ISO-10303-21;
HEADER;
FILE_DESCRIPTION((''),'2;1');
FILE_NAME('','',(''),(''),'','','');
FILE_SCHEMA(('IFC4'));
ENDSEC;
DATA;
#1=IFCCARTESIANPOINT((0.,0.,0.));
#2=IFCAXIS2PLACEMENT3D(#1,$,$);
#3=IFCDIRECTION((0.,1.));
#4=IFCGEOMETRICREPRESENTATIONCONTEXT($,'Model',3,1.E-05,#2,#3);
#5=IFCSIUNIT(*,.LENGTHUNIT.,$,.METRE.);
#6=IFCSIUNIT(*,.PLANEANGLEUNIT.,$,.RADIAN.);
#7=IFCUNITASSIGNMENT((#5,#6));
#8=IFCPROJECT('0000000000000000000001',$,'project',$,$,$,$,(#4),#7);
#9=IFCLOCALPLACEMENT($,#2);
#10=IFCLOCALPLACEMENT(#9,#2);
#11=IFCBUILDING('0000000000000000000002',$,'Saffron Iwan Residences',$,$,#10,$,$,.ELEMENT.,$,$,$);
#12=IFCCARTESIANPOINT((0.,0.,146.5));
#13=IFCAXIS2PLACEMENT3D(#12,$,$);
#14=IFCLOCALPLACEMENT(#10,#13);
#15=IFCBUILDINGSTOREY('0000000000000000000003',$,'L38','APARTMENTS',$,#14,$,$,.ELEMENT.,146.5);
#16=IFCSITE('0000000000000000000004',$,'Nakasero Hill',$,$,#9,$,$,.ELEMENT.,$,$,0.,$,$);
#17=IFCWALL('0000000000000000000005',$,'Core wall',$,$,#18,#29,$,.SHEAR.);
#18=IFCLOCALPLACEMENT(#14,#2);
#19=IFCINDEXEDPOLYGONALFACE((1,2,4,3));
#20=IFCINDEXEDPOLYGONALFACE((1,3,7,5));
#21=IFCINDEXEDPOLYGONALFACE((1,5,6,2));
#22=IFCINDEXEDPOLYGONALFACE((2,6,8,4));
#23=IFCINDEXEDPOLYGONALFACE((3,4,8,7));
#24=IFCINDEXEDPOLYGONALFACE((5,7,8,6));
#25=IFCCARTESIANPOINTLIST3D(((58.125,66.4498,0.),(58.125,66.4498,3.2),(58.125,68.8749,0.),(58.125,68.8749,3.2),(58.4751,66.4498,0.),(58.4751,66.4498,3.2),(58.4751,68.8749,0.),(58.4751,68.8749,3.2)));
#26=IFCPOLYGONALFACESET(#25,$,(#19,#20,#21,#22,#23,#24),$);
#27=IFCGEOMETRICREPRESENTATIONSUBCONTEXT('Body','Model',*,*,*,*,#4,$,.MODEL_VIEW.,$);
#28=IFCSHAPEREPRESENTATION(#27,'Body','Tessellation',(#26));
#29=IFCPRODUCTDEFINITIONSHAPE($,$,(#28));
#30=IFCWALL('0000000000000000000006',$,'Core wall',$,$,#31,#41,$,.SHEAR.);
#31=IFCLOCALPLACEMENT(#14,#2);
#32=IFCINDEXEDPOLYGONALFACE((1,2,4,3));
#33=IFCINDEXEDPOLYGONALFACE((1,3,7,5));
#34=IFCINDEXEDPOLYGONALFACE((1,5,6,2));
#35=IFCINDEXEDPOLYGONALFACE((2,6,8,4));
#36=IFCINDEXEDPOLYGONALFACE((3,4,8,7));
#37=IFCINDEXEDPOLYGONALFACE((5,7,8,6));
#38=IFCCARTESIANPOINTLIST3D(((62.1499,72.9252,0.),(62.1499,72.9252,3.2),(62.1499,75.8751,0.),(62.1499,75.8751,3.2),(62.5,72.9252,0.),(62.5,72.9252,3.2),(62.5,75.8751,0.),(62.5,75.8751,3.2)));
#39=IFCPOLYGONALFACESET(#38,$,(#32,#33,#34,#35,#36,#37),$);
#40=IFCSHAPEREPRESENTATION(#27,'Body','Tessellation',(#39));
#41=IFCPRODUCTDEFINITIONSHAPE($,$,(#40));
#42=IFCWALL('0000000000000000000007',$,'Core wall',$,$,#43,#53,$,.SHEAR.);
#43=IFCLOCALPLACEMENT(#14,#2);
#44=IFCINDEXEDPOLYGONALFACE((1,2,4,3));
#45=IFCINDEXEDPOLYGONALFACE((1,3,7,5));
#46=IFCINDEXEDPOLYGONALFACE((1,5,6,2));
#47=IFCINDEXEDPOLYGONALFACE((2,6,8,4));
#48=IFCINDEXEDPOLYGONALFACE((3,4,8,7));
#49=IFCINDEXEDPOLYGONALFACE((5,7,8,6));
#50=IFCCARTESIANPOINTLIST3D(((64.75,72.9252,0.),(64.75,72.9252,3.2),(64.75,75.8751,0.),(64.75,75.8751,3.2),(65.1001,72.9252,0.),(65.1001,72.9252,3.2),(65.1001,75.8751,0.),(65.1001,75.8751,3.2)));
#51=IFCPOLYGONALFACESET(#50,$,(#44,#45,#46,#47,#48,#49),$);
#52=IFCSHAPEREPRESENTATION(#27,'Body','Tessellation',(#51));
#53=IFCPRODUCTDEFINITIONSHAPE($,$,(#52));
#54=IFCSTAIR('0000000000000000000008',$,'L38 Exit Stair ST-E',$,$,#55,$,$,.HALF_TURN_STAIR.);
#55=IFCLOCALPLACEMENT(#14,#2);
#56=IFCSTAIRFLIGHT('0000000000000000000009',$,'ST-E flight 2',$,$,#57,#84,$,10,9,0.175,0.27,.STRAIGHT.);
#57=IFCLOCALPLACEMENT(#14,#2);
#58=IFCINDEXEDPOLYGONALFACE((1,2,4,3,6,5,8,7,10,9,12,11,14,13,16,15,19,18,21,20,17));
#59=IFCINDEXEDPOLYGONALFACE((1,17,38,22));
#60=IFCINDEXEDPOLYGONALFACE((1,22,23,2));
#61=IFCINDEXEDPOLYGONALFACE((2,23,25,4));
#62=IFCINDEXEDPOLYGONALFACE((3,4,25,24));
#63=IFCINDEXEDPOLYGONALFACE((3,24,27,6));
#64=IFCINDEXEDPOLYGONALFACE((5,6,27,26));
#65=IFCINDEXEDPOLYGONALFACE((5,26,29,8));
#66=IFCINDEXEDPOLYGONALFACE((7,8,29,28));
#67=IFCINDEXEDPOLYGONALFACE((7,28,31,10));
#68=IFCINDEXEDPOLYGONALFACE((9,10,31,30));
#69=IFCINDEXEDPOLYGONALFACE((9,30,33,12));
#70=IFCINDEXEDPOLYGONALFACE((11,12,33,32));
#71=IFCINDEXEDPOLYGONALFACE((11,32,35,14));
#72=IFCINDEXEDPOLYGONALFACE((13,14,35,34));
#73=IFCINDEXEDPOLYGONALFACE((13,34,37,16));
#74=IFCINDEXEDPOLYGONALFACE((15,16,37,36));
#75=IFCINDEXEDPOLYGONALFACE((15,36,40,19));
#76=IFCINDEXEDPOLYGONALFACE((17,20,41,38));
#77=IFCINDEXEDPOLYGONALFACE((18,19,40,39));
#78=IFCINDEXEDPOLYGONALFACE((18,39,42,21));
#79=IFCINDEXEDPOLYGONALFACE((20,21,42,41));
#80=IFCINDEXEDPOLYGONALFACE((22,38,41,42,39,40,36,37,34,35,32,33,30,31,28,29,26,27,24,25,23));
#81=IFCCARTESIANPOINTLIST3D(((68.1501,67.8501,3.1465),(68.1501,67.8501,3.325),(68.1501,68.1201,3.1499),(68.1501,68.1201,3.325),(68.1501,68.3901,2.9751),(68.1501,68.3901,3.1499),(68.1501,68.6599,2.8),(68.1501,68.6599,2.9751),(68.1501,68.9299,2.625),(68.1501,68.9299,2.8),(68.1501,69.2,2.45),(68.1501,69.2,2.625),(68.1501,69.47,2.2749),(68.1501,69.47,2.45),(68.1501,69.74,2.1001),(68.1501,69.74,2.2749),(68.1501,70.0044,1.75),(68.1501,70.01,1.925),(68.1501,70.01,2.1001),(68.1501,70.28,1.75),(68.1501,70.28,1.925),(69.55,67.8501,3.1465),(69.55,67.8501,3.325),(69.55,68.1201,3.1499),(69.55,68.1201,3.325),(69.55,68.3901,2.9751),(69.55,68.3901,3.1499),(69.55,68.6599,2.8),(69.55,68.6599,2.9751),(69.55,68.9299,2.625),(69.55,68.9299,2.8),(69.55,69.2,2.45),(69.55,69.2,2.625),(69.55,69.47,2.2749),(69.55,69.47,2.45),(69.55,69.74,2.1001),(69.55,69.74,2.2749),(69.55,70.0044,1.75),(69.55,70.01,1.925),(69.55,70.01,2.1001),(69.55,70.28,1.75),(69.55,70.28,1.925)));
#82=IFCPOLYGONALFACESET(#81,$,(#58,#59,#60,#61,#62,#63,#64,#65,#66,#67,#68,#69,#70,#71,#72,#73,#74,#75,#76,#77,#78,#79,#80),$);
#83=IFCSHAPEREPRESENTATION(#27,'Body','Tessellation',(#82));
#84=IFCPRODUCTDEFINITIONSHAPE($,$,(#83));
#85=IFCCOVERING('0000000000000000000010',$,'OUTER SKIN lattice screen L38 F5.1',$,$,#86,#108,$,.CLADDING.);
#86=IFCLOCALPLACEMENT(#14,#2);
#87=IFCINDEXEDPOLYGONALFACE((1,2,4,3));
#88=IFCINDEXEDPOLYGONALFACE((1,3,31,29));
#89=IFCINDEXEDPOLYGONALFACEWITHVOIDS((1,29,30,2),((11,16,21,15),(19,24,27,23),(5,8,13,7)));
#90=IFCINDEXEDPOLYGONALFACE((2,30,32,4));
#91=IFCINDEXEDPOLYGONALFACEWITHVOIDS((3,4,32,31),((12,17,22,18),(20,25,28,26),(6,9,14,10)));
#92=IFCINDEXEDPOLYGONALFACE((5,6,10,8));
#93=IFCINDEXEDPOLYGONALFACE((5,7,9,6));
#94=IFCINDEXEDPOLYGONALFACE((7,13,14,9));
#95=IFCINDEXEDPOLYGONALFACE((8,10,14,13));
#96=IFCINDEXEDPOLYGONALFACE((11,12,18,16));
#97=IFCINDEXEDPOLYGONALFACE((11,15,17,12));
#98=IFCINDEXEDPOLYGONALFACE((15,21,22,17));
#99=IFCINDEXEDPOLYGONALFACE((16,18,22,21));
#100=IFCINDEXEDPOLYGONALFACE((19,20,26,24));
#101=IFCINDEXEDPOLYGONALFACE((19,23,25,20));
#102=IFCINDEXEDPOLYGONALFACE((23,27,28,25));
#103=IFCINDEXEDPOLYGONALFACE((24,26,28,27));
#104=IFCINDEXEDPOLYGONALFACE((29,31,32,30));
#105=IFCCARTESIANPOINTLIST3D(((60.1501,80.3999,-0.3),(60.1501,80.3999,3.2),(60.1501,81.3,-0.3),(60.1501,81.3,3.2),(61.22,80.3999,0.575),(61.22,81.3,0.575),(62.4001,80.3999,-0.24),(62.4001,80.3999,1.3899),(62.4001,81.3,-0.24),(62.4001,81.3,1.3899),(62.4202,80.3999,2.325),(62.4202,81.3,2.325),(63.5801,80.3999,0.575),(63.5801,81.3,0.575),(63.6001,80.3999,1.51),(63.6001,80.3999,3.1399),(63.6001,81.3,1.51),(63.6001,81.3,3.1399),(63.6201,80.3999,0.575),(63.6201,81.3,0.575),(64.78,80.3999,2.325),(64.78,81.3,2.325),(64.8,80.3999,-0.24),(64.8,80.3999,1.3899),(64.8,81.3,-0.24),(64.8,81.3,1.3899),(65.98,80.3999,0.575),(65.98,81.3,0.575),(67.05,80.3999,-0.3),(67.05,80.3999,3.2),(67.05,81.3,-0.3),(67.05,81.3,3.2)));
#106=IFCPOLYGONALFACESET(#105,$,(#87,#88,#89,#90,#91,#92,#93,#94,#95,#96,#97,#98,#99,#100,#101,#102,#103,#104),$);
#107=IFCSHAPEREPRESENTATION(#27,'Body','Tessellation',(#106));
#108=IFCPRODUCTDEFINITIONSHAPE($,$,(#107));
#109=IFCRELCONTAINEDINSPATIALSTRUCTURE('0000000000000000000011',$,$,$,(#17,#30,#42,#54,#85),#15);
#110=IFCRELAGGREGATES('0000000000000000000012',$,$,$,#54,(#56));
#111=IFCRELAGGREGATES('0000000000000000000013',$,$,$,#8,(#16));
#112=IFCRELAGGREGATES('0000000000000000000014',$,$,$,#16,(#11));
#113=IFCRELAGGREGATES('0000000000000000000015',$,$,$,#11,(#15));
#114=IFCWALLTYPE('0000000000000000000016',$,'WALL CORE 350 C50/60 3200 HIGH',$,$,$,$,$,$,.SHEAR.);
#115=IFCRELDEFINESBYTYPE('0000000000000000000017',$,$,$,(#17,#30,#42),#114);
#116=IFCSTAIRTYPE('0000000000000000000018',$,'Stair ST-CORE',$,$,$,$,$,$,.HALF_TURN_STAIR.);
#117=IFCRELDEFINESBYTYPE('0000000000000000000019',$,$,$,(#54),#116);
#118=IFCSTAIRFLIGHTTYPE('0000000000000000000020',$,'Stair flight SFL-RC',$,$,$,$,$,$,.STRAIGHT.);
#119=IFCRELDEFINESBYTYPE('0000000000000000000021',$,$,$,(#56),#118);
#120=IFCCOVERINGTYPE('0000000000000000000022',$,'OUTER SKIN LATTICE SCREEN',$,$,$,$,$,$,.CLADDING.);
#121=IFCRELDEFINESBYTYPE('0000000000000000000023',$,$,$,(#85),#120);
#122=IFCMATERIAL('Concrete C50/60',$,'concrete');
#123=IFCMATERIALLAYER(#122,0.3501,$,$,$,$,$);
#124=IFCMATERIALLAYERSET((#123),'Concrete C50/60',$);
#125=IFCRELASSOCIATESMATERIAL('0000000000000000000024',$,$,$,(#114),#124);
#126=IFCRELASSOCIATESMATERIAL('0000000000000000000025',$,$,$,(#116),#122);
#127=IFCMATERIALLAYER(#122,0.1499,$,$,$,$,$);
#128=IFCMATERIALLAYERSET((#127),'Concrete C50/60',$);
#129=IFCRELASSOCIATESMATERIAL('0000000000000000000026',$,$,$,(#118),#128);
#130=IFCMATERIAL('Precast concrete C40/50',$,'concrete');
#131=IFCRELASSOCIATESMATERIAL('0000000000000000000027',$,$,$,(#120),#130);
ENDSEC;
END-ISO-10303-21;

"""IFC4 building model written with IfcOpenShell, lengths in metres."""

from ifc_helpers import new_model, si_unit, direction, frame, frame_2d, origin, place, context, subcontext, project, spatial, polyline, rectangle, outline, extrude, material, layer, layer_set, type_object, element, aggregate, save


model = new_model("IFC4")

# Units and contexts
model_context = context("Model", 3, precision=1e-05, world=origin(), true_north=direction((0.0, 1.0)))
body_context = subcontext(model_context, "Body", "Model", "MODEL_VIEW")
ifc_project = project(units=[si_unit("LENGTHUNIT", "METRE"), si_unit("PLANEANGLEUNIT", "RADIAN")], contexts=[model_context])

# Site, building, storey
site_placement = place(None, origin())
site = spatial("IfcSite", under=ifc_project, at=site_placement, Name="Nakasero Hill", CompositionType="ELEMENT", RefElevation=0.0)
building_placement = place(site_placement, origin())
building = spatial("IfcBuilding", under=site, at=building_placement, Name="Saffron Iwan Residences", CompositionType="ELEMENT")
storey_placement = place(building_placement, frame((0.0, 0.0, 146.5)))
storey = spatial("IfcBuildingStorey", under=building, at=storey_placement, Name="L38", Description="APARTMENTS", CompositionType="ELEMENT", Elevation=146.5)

# Shared definitions
ifc_material_1 = material(Name="Concrete C50/60", Category="concrete")

# Shared definitions
ifc_layer_1 = layer(ifc_material_1, 0.3501)
ifc_layer_set_1 = layer_set([ifc_layer_1], Name="Concrete C50/60")
wall_type_1 = type_object("IfcWallType", Name="WALL CORE 350 C50/60 3200 HIGH", PredefinedType="SHEAR", material=ifc_layer_set_1)

# Walls
wall_1_placement = place(storey_placement, frame((58.3, 66.45, 0.0), z_axis=(0.0, 0.0, 1.0), x_axis=(0.0, 1.0, 0.0)))
element("IfcWall", 1, at=wall_1_placement, inside=storey, type_object=wall_type_1, Name="Core wall", PredefinedType="SHEAR", context=body_context, shape_type="SweptSolid", body=[
    extrude(rectangle(XDim=2.425, YDim=0.3501, at=frame_2d((1.2124, 0.0))), origin(), (0.0, 0.0, 1.0), 3.2),
])
for number, where, z_axis, x_axis, name in (
    (2, (62.325, 72.925, 0.0), (0.0, 0.0, 1.0), (0.0, 1.0, 0.0), "Core wall"),
    (3, (64.925, 72.925, 0.0), (0.0, 0.0, 1.0), (0.0, 1.0, 0.0), "Core wall"),
):
    element("IfcWall", number, at=place(storey_placement, frame(where, z_axis=z_axis, x_axis=x_axis)), inside=storey, type_object=wall_type_1, Name=name, PredefinedType="SHEAR", context=body_context, shape_type="SweptSolid", body=[
        extrude(rectangle(XDim=2.95, YDim=0.3501, at=frame_2d((1.4751, 0.0))), origin(), (0.0, 0.0, 1.0), 3.2),
    ])

# Stair, stair flight
stair_type = type_object("IfcStairType", Name="Stair ST-CORE", PredefinedType="HALF_TURN_STAIR", material=ifc_material_1)
stair_placement = place(storey_placement, origin())
stair = element("IfcStair", 4, at=stair_placement, inside=storey, type_object=stair_type, Name="L38 Exit Stair ST-E", PredefinedType="HALF_TURN_STAIR")
ifc_layer_2 = layer(ifc_material_1, 0.1499)
ifc_layer_set_2 = layer_set([ifc_layer_2], Name="Concrete C50/60")
stair_flight_type = type_object("IfcStairFlightType", Name="Stair flight SFL-RC", PredefinedType="STRAIGHT", material=ifc_layer_set_2)
stair_flight_placement = place(storey_placement, frame((68.8501, 70.28, 1.75), z_axis=(0.0, 0.0, 1.0), x_axis=(0.0, -1.0, 0.0)))
stair_flight = element("IfcStairFlight", 5, at=stair_flight_placement, type_object=stair_flight_type, Name="ST-E flight 2", NumberOfRisers=10, NumberOfTreads=9, PredefinedType="STRAIGHT", RiserHeight=0.175, TreadLength=0.27, context=body_context, shape_type="SweptSolid", body=[
    extrude(outline(polyline([(0.0, 0.0), (0.0, 0.175), (0.27, 0.175), (0.27, 0.3501), (0.54, 0.3501), (0.54, 0.5249), (0.8101, 0.5249), (0.8101, 0.7), (1.0801, 0.7), (1.0801, 0.875), (1.3501, 0.875), (1.3501, 1.05), (1.6201, 1.05), (1.6201, 1.2251), (1.8899, 1.2251), (1.8899, 1.3999), (2.1599, 1.3999), (2.1599, 1.575), (2.4299, 1.575), (2.4299, 1.75), (2.4299, 1.3965), (0.2756, 0.0), (0.0, 0.0)])), frame((0.0, 0.7, 0.0), z_axis=(0.0, -1.0, 0.0), x_axis=(1.0, 0.0, 0.0)), (0.0, 0.0, 1.0), 1.3999),
])
aggregate(stair, [stair_flight])

# Covering
ifc_material_2 = material(Name="Precast concrete C40/50", Category="concrete")
covering_type_1 = type_object("IfcCoveringType", Name="OUTER SKIN LATTICE SCREEN", PredefinedType="CLADDING", material=ifc_material_2)
covering_placement = place(storey_placement, frame((67.05, 80.3999, -0.3), z_axis=(0.0, 1.0, 0.0), x_axis=(-1.0, 0.0, 0.0)))
element("IfcCovering", 6, at=covering_placement, inside=storey, type_object=covering_type_1, Name="OUTER SKIN lattice screen L38 F5.1", PredefinedType="CLADDING", context=body_context, shape_type="SweptSolid", body=[
    extrude(outline(polyline([(0.0, 0.0), (6.8999, 0.0), (6.8999, 3.5), (0.0, 3.5), (0.0, 0.0)]), holes=[polyline([(1.0701, 0.875), (2.25, 0.0601), (3.4299, 0.875), (2.25, 1.6899), (1.0701, 0.875)]), polyline([(3.47, 0.875), (4.6499, 0.0601), (5.8301, 0.875), (4.6499, 1.6899), (3.47, 0.875)]), polyline([(2.27, 2.625), (3.45, 1.8101), (4.6299, 2.625), (3.45, 3.4399), (2.27, 2.625)])]), origin(), (0.0, 0.0, 1.0), 0.9001),
])

save(model, "model.ifc")
